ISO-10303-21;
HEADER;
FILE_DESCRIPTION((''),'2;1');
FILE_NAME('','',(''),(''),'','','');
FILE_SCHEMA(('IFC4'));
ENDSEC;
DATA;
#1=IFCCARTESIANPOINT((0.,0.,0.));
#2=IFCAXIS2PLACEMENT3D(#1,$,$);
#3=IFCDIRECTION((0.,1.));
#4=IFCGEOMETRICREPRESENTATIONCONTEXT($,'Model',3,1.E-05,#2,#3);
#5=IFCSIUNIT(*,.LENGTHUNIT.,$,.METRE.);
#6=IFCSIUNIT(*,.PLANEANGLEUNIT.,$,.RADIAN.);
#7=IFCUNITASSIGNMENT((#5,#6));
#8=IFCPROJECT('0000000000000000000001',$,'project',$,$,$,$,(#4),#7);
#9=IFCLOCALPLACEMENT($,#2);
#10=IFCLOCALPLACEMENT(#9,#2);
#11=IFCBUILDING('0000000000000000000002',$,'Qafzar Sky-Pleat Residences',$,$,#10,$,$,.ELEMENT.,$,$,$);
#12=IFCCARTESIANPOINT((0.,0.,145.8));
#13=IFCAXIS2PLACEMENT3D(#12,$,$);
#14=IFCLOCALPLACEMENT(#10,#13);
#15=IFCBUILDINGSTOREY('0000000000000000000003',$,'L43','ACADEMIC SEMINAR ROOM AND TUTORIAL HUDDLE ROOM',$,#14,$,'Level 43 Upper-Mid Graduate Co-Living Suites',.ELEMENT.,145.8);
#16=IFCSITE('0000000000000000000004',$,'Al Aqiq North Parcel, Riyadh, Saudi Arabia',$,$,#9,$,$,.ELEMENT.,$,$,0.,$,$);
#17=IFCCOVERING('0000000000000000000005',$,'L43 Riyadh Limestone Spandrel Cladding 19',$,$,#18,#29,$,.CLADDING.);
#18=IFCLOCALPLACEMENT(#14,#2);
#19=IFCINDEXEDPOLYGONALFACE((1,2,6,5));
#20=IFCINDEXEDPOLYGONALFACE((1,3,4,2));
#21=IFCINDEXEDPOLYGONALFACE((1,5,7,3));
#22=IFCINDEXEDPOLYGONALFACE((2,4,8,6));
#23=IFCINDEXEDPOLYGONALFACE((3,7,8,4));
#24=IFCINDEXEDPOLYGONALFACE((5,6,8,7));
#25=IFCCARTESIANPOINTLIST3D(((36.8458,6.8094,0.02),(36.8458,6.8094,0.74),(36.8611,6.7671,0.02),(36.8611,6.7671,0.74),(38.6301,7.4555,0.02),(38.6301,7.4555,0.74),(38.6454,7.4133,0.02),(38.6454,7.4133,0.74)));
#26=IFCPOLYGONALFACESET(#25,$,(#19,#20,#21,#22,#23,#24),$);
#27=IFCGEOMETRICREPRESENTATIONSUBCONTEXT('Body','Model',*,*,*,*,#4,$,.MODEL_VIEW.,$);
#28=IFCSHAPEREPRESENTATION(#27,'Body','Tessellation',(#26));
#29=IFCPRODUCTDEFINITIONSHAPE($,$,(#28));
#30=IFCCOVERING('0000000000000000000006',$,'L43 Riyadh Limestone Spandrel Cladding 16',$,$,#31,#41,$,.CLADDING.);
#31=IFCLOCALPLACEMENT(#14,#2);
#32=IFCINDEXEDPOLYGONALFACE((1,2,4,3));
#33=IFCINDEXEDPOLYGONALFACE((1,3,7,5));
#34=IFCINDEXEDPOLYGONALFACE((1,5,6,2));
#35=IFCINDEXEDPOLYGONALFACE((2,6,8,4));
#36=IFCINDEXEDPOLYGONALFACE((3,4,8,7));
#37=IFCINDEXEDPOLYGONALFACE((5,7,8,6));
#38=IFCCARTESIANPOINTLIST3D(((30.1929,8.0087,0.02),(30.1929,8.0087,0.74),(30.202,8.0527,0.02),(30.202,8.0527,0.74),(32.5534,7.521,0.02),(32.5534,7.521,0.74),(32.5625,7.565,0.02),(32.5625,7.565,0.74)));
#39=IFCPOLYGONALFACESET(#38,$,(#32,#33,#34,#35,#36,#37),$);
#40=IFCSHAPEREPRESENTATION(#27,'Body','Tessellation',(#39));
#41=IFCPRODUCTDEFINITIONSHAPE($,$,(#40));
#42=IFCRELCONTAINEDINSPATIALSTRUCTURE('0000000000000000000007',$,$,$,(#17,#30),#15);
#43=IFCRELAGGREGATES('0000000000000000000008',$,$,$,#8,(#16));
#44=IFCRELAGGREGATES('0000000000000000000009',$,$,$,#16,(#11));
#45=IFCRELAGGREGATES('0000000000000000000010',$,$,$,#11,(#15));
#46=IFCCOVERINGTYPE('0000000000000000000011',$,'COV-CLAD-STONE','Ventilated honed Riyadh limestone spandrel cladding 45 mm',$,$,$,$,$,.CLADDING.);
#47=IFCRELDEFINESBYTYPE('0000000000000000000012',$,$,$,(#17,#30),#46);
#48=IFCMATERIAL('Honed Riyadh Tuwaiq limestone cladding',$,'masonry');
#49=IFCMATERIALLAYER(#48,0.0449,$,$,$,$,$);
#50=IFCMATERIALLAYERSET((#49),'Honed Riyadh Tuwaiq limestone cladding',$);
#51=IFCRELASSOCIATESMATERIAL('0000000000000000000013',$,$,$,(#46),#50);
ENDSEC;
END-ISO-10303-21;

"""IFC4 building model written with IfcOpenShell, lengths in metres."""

from ifc_helpers import new_model, si_unit, direction, frame, origin, origin_2d, place, context, subcontext, project, spatial, rectangle, extrude, source, transform, mapped, material, layer, layer_set, type_object, element, save


model = new_model("IFC4")

# Units and contexts
model_context = context("Model", 3, precision=1e-05, world=origin(), true_north=direction((0.0, 1.0)))
body_context = subcontext(model_context, "Body", "Model", "MODEL_VIEW")
ifc_project = project(units=[si_unit("LENGTHUNIT", "METRE"), si_unit("PLANEANGLEUNIT", "RADIAN")], contexts=[model_context])

# Site, building, storey
site_placement = place(None, origin())
site = spatial("IfcSite", under=ifc_project, at=site_placement, Name="Al Aqiq North Parcel, Riyadh, Saudi Arabia", CompositionType="ELEMENT", RefElevation=0.0)
building_placement = place(site_placement, origin())
building = spatial("IfcBuilding", under=site, at=building_placement, Name="Qafzar Sky-Pleat Residences", CompositionType="ELEMENT")
storey_placement = place(building_placement, frame((0.0, 0.0, 145.8)))
storey = spatial("IfcBuildingStorey", under=building, at=storey_placement, Name="L43", Description="ACADEMIC SEMINAR ROOM AND TUTORIAL HUDDLE ROOM", LongName="Level 43 Upper-Mid Graduate Co-Living Suites", CompositionType="ELEMENT", Elevation=145.8)

# Coverings
ifc_material_1 = material(Name="Honed Riyadh Tuwaiq limestone cladding", Category="masonry")
ifc_layer_1 = layer(ifc_material_1, 0.0449)
ifc_layer_set_1 = layer_set([ifc_layer_1], Name="Honed Riyadh Tuwaiq limestone cladding")
covering_type = type_object("IfcCoveringType", Name="COV-CLAD-STONE", Description="Ventilated honed Riyadh limestone spandrel cladding 45 mm", PredefinedType="CLADDING", material=ifc_layer_set_1)
shared_shape_1 = source(origin(), body_context, "Body", "SweptSolid", [
    extrude(rectangle(XDim=1.8977, YDim=0.0449, at=origin_2d()), origin(), (0.0, 0.0, 1.0), 0.72),
])
covering_1_placement = place(storey_placement, frame((37.7456, 7.1113, 0.02), z_axis=(0.0, 0.0, 1.0), x_axis=(0.940241, 0.340509, 0.0)))
element("IfcCovering", 1, at=covering_1_placement, inside=storey, type_object=covering_type, Name="L43 Riyadh Limestone Spandrel Cladding 19", PredefinedType="CLADDING", context=body_context, shape_type="MappedRepresentation", body=[
    mapped(shared_shape_1, transform((0.0, 0.0, 0.0), x_axis=(1.0, 0.0, 0.0), y_axis=(0.0, 1.0, 0.0), z_axis=(0.0, 0.0, 1.0), scale=1.0)),
])
shared_shape_2 = source(origin(), body_context, "Body", "SweptSolid", [
    extrude(rectangle(XDim=2.4104, YDim=0.0449, at=origin_2d()), origin(), (0.0, 0.0, 1.0), 0.72),
])
covering_2_placement = place(storey_placement, frame((31.3777, 7.7869, 0.02), z_axis=(0.0, 0.0, 1.0), x_axis=(0.979314, -0.202345, 0.0)))
element("IfcCovering", 2, at=covering_2_placement, inside=storey, type_object=covering_type, Name="L43 Riyadh Limestone Spandrel Cladding 16", PredefinedType="CLADDING", context=body_context, shape_type="MappedRepresentation", body=[
    mapped(shared_shape_2, transform((0.0, 0.0, 0.0), x_axis=(1.0, 0.0, 0.0), y_axis=(0.0, 1.0, 0.0), z_axis=(0.0, 0.0, 1.0), scale=1.0)),
])

save(model, "model.ifc")
